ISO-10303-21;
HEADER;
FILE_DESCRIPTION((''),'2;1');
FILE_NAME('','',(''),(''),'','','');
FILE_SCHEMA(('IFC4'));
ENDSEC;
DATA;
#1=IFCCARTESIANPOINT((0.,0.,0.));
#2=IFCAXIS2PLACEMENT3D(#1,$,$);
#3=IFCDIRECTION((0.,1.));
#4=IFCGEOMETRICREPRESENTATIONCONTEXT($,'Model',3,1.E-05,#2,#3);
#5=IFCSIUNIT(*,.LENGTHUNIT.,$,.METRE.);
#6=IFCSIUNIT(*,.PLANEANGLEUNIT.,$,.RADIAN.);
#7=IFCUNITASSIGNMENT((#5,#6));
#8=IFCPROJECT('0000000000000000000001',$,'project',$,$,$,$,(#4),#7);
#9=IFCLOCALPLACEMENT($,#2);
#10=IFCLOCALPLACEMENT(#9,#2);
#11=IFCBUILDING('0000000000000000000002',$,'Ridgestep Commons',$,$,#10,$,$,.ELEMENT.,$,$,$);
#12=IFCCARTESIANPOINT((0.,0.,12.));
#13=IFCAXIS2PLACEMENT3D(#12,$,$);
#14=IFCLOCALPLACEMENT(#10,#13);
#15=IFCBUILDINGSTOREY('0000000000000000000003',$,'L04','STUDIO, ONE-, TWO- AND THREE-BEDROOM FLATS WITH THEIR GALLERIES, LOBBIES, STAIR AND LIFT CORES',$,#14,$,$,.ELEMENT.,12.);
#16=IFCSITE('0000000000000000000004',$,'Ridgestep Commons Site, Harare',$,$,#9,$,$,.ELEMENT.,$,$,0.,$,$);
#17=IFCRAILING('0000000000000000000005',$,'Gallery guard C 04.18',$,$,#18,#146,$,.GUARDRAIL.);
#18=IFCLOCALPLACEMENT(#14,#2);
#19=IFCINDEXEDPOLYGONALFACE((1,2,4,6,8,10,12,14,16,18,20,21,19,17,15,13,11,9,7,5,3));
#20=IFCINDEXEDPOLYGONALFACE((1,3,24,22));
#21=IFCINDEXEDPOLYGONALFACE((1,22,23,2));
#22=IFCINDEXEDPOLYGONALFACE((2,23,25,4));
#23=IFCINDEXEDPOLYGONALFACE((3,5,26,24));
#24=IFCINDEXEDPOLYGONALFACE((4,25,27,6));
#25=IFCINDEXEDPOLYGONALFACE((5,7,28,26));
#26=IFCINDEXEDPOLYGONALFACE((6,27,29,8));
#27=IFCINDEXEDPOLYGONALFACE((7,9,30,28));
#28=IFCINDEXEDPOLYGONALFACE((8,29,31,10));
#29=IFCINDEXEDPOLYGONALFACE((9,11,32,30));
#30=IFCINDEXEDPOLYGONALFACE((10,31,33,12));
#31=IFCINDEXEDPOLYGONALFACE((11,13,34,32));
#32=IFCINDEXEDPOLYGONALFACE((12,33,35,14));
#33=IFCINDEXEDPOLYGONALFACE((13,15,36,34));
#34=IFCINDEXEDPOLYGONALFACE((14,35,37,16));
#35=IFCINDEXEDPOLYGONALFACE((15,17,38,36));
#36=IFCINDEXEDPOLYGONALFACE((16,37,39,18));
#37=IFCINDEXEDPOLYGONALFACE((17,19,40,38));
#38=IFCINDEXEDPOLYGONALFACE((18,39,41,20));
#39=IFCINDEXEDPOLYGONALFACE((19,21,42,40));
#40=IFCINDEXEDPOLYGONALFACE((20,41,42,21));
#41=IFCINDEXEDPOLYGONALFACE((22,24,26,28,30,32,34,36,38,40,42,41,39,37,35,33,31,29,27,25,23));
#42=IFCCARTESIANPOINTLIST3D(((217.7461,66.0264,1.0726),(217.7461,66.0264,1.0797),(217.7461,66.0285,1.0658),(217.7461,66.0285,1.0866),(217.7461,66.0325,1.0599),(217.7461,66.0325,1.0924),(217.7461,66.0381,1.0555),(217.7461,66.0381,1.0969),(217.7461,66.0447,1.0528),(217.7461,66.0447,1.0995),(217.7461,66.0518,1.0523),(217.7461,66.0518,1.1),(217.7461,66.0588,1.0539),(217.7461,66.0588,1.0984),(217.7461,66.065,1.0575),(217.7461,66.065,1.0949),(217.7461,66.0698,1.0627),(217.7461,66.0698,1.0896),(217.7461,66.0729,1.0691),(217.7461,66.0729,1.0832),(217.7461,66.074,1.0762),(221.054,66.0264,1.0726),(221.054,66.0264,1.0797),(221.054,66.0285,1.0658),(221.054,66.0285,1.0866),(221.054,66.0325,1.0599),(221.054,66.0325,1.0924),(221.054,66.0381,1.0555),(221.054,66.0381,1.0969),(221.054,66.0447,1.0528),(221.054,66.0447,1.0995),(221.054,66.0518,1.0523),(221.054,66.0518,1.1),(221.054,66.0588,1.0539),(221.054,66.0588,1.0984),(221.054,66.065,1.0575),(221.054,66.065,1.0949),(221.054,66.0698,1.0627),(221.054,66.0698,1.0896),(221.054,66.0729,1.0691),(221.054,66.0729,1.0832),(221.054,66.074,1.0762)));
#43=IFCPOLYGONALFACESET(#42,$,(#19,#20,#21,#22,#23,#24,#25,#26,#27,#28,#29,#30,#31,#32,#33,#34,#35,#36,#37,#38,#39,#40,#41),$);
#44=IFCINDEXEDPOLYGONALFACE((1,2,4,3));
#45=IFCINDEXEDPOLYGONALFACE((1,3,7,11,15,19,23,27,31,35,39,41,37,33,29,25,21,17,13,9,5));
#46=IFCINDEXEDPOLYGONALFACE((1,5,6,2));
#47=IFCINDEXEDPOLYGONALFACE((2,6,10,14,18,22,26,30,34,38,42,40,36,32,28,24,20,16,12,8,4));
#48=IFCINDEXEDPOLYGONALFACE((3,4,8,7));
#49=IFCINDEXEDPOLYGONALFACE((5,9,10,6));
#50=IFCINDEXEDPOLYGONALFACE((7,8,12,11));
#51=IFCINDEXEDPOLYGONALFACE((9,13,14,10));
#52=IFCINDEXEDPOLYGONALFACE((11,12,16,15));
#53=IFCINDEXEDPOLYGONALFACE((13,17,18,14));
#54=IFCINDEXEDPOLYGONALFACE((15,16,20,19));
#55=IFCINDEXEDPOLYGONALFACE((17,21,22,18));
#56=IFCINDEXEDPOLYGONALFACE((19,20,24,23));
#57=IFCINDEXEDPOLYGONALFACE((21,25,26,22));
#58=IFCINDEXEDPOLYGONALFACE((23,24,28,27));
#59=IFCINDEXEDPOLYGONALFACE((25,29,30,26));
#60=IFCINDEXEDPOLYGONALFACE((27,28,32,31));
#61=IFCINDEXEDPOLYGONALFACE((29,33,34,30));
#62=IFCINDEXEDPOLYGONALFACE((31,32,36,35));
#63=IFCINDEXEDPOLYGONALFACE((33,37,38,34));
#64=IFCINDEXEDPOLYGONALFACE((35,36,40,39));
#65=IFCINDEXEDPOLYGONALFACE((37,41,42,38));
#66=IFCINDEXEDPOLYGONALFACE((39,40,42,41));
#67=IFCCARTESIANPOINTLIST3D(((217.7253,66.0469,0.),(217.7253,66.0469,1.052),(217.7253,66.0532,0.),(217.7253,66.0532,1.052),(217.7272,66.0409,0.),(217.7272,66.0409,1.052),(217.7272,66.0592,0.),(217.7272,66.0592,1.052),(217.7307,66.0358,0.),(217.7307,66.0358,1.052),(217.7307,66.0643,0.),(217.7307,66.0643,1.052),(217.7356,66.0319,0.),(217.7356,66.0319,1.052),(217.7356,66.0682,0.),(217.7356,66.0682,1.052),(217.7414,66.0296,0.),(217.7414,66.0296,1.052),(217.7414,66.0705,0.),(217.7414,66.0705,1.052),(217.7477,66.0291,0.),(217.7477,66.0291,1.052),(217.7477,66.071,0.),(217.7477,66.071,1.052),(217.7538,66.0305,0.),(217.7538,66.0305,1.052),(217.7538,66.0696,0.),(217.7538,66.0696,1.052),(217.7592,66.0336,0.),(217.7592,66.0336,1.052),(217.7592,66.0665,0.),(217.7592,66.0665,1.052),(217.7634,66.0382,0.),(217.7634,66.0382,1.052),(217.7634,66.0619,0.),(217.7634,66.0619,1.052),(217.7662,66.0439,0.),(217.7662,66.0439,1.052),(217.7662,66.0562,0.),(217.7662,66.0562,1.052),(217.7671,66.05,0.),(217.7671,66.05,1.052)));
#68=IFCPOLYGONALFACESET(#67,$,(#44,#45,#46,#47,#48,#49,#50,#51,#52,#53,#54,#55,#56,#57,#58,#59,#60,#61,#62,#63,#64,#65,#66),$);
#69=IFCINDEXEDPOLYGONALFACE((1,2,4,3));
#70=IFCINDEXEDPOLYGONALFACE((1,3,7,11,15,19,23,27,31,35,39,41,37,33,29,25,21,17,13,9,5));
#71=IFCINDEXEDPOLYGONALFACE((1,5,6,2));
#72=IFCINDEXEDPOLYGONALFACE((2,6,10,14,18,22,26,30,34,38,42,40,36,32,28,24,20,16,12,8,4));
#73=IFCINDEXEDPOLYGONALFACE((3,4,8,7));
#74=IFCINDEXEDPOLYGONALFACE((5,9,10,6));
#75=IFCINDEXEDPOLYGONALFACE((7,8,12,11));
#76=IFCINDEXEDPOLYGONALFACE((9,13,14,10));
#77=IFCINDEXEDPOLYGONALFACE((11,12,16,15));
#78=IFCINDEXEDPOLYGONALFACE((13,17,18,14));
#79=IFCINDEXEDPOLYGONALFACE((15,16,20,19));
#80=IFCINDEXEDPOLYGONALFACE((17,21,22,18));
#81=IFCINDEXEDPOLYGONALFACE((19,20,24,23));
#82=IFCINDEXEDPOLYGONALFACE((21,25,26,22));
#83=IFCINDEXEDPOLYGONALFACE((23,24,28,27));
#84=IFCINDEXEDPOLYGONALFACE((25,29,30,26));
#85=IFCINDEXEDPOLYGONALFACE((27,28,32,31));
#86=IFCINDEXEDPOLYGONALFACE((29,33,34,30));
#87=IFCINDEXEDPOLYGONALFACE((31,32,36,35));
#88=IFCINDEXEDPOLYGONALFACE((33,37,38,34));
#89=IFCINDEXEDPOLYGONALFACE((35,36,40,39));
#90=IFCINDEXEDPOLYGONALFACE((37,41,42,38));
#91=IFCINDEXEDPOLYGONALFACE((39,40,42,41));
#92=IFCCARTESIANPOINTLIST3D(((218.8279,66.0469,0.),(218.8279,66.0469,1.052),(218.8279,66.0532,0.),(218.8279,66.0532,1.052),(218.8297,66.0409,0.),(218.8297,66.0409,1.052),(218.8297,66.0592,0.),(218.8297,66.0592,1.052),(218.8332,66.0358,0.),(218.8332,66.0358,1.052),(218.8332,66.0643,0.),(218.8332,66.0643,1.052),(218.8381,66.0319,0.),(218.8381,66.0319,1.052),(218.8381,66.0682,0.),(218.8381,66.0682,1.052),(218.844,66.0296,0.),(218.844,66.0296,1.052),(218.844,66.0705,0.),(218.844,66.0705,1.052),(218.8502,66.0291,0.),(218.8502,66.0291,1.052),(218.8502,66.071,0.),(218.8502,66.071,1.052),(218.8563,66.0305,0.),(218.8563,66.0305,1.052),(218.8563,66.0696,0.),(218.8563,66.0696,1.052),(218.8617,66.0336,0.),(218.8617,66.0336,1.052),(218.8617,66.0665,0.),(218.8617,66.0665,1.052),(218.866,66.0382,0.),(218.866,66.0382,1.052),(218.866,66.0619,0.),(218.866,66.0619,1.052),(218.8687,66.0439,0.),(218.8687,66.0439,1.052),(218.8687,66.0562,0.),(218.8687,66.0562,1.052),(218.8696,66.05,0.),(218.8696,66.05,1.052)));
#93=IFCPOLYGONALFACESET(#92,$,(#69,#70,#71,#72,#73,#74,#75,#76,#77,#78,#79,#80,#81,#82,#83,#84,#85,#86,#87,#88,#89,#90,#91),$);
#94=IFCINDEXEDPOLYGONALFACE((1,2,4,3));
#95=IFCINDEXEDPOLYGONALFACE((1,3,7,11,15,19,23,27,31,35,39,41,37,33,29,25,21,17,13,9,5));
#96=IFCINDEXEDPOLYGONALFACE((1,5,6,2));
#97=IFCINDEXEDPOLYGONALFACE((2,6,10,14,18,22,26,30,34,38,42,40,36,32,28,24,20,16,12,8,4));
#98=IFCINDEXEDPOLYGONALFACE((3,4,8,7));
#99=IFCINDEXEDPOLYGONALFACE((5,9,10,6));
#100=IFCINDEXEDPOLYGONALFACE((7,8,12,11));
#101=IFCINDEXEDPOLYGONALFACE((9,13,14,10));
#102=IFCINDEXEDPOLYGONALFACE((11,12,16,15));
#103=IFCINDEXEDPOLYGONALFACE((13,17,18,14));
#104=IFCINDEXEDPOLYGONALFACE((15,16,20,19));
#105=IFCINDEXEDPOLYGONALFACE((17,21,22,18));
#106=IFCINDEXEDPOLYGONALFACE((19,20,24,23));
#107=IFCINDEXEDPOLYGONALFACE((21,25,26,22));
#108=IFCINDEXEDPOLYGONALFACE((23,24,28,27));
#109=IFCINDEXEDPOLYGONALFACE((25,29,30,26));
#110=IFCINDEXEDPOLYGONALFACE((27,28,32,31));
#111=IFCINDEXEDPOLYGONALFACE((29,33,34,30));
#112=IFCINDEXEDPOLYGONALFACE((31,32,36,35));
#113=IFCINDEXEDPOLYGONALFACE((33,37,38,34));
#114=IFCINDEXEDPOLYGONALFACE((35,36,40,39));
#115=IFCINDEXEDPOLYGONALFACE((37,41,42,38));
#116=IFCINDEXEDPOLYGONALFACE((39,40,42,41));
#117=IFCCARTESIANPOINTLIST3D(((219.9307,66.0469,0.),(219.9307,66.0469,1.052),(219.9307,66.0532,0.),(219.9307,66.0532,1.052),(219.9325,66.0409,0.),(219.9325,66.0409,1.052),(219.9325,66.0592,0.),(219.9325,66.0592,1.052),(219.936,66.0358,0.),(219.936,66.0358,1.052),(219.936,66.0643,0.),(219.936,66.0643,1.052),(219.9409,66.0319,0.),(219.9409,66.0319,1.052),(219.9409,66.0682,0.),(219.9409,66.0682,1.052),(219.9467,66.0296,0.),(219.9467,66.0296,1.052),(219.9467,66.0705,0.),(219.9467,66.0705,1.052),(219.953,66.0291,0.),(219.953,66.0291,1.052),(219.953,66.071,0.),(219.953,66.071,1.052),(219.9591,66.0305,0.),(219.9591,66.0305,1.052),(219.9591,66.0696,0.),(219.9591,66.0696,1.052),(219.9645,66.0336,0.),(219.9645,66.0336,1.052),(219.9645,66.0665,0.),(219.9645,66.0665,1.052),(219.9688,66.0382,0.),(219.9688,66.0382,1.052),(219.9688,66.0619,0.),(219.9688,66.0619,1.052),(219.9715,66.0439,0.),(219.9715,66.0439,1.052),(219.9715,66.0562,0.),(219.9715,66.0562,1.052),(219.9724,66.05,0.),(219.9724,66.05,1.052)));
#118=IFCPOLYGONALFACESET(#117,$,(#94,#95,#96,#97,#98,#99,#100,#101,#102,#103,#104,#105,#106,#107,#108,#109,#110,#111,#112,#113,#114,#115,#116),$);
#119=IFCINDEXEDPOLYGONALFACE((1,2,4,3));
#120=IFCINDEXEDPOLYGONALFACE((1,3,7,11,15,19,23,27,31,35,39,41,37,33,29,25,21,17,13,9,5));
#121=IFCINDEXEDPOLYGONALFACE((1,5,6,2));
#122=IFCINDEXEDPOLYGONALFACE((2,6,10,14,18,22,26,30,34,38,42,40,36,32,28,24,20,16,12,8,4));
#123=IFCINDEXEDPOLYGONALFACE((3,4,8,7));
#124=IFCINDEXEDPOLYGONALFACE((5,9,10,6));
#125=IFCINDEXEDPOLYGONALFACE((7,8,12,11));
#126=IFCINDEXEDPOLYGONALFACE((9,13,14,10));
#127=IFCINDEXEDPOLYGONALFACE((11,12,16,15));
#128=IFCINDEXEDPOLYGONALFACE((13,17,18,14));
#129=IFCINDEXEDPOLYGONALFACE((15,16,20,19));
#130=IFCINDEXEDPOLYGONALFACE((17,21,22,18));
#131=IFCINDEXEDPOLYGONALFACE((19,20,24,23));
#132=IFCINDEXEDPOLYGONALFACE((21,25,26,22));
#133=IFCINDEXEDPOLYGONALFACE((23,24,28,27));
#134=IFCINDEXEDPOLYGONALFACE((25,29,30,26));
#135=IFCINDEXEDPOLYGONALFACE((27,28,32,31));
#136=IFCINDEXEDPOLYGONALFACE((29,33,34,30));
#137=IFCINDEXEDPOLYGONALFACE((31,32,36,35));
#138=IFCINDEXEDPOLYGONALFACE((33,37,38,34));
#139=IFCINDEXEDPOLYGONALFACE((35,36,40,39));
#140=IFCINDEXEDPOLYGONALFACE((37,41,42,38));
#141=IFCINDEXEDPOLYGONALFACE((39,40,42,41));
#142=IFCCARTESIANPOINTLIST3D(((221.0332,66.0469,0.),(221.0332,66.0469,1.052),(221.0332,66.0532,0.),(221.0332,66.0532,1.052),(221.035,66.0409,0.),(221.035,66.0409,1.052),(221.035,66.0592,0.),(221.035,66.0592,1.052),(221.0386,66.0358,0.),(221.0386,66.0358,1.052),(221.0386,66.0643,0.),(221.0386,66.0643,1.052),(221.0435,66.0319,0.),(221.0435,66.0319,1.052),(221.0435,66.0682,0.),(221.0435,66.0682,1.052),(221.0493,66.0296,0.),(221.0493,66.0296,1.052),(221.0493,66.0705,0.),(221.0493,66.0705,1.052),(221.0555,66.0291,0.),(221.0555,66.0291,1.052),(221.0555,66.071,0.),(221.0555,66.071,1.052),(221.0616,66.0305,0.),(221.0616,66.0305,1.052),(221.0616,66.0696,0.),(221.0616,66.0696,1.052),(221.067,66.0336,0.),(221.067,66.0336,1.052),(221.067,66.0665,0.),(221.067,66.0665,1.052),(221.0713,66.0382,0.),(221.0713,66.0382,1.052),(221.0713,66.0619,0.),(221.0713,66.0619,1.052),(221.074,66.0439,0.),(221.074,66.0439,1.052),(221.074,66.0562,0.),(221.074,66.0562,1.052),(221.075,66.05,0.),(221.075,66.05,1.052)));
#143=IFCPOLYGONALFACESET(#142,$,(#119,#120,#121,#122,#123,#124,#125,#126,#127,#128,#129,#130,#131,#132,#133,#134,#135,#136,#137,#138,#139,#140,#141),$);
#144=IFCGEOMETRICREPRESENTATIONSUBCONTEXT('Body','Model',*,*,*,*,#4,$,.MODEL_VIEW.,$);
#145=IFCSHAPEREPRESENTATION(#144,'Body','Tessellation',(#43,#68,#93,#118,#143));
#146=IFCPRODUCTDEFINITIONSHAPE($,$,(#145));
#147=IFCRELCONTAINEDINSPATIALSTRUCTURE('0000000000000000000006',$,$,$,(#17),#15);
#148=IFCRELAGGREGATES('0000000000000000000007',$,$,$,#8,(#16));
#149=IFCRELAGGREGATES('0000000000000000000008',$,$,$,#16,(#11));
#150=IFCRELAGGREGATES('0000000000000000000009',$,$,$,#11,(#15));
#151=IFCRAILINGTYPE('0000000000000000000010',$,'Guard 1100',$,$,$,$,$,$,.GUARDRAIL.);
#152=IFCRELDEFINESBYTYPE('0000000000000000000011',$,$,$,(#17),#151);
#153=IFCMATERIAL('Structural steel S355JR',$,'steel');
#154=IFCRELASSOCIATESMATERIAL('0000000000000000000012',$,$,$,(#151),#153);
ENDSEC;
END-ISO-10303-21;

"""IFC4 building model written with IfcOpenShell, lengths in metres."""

from ifc_helpers import new_model, si_unit, direction, frame, origin, origin_2d, place, context, subcontext, project, spatial, circle, extrude, material, type_object, element, save


model = new_model("IFC4")

# Units and contexts
model_context = context("Model", 3, precision=1e-05, world=origin(), true_north=direction((0.0, 1.0)))
body_context = subcontext(model_context, "Body", "Model", "MODEL_VIEW")
ifc_project = project(units=[si_unit("LENGTHUNIT", "METRE"), si_unit("PLANEANGLEUNIT", "RADIAN")], contexts=[model_context])

# Site, building, storey
site_placement = place(None, origin())
site = spatial("IfcSite", under=ifc_project, at=site_placement, Name="Ridgestep Commons Site, Harare", CompositionType="ELEMENT", RefElevation=0.0)
building_placement = place(site_placement, origin())
building = spatial("IfcBuilding", under=site, at=building_placement, Name="Ridgestep Commons", CompositionType="ELEMENT")
storey_placement = place(building_placement, frame((0.0, 0.0, 12.0)))
storey = spatial("IfcBuildingStorey", under=building, at=storey_placement, Name="L04", Description="STUDIO, ONE-, TWO- AND THREE-BEDROOM FLATS WITH THEIR GALLERIES, LOBBIES, STAIR AND LIFT CORES", CompositionType="ELEMENT", Elevation=12.0)

# Railing
ifc_material_1 = material(Name="Structural steel S355JR", Category="steel")
railing_type = type_object("IfcRailingType", Name="Guard 1100", PredefinedType="GUARDRAIL", material=ifc_material_1)
railing_1_placement = place(storey_placement, frame((217.7461, 66.05, 0.0)))
element("IfcRailing", 1, at=railing_1_placement, inside=storey, type_object=railing_type, Name="Gallery guard C 04.18", PredefinedType="GUARDRAIL", context=body_context, shape_type="SweptSolid", body=[
    extrude(circle(Radius=0.0239, at=origin_2d()), frame((0.0, 0.0, 1.0762), z_axis=(1.0, 0.0, 0.0), x_axis=(0.0, 1.0, 0.0)), (0.0, 0.0, 1.0), 3.3079),
    extrude(circle(Radius=0.021, at=origin_2d()), origin(), (0.0, 0.0, 1.0), 1.052),
    extrude(circle(Radius=0.021, at=origin_2d()), frame((1.1025, 0.0, 0.0)), (0.0, 0.0, 1.0), 1.052),
    extrude(circle(Radius=0.021, at=origin_2d()), frame((2.2053, 0.0, 0.0)), (0.0, 0.0, 1.0), 1.052),
    extrude(circle(Radius=0.021, at=origin_2d()), frame((3.3079, 0.0, 0.0)), (0.0, 0.0, 1.0), 1.052),
])

save(model, "model.ifc")
